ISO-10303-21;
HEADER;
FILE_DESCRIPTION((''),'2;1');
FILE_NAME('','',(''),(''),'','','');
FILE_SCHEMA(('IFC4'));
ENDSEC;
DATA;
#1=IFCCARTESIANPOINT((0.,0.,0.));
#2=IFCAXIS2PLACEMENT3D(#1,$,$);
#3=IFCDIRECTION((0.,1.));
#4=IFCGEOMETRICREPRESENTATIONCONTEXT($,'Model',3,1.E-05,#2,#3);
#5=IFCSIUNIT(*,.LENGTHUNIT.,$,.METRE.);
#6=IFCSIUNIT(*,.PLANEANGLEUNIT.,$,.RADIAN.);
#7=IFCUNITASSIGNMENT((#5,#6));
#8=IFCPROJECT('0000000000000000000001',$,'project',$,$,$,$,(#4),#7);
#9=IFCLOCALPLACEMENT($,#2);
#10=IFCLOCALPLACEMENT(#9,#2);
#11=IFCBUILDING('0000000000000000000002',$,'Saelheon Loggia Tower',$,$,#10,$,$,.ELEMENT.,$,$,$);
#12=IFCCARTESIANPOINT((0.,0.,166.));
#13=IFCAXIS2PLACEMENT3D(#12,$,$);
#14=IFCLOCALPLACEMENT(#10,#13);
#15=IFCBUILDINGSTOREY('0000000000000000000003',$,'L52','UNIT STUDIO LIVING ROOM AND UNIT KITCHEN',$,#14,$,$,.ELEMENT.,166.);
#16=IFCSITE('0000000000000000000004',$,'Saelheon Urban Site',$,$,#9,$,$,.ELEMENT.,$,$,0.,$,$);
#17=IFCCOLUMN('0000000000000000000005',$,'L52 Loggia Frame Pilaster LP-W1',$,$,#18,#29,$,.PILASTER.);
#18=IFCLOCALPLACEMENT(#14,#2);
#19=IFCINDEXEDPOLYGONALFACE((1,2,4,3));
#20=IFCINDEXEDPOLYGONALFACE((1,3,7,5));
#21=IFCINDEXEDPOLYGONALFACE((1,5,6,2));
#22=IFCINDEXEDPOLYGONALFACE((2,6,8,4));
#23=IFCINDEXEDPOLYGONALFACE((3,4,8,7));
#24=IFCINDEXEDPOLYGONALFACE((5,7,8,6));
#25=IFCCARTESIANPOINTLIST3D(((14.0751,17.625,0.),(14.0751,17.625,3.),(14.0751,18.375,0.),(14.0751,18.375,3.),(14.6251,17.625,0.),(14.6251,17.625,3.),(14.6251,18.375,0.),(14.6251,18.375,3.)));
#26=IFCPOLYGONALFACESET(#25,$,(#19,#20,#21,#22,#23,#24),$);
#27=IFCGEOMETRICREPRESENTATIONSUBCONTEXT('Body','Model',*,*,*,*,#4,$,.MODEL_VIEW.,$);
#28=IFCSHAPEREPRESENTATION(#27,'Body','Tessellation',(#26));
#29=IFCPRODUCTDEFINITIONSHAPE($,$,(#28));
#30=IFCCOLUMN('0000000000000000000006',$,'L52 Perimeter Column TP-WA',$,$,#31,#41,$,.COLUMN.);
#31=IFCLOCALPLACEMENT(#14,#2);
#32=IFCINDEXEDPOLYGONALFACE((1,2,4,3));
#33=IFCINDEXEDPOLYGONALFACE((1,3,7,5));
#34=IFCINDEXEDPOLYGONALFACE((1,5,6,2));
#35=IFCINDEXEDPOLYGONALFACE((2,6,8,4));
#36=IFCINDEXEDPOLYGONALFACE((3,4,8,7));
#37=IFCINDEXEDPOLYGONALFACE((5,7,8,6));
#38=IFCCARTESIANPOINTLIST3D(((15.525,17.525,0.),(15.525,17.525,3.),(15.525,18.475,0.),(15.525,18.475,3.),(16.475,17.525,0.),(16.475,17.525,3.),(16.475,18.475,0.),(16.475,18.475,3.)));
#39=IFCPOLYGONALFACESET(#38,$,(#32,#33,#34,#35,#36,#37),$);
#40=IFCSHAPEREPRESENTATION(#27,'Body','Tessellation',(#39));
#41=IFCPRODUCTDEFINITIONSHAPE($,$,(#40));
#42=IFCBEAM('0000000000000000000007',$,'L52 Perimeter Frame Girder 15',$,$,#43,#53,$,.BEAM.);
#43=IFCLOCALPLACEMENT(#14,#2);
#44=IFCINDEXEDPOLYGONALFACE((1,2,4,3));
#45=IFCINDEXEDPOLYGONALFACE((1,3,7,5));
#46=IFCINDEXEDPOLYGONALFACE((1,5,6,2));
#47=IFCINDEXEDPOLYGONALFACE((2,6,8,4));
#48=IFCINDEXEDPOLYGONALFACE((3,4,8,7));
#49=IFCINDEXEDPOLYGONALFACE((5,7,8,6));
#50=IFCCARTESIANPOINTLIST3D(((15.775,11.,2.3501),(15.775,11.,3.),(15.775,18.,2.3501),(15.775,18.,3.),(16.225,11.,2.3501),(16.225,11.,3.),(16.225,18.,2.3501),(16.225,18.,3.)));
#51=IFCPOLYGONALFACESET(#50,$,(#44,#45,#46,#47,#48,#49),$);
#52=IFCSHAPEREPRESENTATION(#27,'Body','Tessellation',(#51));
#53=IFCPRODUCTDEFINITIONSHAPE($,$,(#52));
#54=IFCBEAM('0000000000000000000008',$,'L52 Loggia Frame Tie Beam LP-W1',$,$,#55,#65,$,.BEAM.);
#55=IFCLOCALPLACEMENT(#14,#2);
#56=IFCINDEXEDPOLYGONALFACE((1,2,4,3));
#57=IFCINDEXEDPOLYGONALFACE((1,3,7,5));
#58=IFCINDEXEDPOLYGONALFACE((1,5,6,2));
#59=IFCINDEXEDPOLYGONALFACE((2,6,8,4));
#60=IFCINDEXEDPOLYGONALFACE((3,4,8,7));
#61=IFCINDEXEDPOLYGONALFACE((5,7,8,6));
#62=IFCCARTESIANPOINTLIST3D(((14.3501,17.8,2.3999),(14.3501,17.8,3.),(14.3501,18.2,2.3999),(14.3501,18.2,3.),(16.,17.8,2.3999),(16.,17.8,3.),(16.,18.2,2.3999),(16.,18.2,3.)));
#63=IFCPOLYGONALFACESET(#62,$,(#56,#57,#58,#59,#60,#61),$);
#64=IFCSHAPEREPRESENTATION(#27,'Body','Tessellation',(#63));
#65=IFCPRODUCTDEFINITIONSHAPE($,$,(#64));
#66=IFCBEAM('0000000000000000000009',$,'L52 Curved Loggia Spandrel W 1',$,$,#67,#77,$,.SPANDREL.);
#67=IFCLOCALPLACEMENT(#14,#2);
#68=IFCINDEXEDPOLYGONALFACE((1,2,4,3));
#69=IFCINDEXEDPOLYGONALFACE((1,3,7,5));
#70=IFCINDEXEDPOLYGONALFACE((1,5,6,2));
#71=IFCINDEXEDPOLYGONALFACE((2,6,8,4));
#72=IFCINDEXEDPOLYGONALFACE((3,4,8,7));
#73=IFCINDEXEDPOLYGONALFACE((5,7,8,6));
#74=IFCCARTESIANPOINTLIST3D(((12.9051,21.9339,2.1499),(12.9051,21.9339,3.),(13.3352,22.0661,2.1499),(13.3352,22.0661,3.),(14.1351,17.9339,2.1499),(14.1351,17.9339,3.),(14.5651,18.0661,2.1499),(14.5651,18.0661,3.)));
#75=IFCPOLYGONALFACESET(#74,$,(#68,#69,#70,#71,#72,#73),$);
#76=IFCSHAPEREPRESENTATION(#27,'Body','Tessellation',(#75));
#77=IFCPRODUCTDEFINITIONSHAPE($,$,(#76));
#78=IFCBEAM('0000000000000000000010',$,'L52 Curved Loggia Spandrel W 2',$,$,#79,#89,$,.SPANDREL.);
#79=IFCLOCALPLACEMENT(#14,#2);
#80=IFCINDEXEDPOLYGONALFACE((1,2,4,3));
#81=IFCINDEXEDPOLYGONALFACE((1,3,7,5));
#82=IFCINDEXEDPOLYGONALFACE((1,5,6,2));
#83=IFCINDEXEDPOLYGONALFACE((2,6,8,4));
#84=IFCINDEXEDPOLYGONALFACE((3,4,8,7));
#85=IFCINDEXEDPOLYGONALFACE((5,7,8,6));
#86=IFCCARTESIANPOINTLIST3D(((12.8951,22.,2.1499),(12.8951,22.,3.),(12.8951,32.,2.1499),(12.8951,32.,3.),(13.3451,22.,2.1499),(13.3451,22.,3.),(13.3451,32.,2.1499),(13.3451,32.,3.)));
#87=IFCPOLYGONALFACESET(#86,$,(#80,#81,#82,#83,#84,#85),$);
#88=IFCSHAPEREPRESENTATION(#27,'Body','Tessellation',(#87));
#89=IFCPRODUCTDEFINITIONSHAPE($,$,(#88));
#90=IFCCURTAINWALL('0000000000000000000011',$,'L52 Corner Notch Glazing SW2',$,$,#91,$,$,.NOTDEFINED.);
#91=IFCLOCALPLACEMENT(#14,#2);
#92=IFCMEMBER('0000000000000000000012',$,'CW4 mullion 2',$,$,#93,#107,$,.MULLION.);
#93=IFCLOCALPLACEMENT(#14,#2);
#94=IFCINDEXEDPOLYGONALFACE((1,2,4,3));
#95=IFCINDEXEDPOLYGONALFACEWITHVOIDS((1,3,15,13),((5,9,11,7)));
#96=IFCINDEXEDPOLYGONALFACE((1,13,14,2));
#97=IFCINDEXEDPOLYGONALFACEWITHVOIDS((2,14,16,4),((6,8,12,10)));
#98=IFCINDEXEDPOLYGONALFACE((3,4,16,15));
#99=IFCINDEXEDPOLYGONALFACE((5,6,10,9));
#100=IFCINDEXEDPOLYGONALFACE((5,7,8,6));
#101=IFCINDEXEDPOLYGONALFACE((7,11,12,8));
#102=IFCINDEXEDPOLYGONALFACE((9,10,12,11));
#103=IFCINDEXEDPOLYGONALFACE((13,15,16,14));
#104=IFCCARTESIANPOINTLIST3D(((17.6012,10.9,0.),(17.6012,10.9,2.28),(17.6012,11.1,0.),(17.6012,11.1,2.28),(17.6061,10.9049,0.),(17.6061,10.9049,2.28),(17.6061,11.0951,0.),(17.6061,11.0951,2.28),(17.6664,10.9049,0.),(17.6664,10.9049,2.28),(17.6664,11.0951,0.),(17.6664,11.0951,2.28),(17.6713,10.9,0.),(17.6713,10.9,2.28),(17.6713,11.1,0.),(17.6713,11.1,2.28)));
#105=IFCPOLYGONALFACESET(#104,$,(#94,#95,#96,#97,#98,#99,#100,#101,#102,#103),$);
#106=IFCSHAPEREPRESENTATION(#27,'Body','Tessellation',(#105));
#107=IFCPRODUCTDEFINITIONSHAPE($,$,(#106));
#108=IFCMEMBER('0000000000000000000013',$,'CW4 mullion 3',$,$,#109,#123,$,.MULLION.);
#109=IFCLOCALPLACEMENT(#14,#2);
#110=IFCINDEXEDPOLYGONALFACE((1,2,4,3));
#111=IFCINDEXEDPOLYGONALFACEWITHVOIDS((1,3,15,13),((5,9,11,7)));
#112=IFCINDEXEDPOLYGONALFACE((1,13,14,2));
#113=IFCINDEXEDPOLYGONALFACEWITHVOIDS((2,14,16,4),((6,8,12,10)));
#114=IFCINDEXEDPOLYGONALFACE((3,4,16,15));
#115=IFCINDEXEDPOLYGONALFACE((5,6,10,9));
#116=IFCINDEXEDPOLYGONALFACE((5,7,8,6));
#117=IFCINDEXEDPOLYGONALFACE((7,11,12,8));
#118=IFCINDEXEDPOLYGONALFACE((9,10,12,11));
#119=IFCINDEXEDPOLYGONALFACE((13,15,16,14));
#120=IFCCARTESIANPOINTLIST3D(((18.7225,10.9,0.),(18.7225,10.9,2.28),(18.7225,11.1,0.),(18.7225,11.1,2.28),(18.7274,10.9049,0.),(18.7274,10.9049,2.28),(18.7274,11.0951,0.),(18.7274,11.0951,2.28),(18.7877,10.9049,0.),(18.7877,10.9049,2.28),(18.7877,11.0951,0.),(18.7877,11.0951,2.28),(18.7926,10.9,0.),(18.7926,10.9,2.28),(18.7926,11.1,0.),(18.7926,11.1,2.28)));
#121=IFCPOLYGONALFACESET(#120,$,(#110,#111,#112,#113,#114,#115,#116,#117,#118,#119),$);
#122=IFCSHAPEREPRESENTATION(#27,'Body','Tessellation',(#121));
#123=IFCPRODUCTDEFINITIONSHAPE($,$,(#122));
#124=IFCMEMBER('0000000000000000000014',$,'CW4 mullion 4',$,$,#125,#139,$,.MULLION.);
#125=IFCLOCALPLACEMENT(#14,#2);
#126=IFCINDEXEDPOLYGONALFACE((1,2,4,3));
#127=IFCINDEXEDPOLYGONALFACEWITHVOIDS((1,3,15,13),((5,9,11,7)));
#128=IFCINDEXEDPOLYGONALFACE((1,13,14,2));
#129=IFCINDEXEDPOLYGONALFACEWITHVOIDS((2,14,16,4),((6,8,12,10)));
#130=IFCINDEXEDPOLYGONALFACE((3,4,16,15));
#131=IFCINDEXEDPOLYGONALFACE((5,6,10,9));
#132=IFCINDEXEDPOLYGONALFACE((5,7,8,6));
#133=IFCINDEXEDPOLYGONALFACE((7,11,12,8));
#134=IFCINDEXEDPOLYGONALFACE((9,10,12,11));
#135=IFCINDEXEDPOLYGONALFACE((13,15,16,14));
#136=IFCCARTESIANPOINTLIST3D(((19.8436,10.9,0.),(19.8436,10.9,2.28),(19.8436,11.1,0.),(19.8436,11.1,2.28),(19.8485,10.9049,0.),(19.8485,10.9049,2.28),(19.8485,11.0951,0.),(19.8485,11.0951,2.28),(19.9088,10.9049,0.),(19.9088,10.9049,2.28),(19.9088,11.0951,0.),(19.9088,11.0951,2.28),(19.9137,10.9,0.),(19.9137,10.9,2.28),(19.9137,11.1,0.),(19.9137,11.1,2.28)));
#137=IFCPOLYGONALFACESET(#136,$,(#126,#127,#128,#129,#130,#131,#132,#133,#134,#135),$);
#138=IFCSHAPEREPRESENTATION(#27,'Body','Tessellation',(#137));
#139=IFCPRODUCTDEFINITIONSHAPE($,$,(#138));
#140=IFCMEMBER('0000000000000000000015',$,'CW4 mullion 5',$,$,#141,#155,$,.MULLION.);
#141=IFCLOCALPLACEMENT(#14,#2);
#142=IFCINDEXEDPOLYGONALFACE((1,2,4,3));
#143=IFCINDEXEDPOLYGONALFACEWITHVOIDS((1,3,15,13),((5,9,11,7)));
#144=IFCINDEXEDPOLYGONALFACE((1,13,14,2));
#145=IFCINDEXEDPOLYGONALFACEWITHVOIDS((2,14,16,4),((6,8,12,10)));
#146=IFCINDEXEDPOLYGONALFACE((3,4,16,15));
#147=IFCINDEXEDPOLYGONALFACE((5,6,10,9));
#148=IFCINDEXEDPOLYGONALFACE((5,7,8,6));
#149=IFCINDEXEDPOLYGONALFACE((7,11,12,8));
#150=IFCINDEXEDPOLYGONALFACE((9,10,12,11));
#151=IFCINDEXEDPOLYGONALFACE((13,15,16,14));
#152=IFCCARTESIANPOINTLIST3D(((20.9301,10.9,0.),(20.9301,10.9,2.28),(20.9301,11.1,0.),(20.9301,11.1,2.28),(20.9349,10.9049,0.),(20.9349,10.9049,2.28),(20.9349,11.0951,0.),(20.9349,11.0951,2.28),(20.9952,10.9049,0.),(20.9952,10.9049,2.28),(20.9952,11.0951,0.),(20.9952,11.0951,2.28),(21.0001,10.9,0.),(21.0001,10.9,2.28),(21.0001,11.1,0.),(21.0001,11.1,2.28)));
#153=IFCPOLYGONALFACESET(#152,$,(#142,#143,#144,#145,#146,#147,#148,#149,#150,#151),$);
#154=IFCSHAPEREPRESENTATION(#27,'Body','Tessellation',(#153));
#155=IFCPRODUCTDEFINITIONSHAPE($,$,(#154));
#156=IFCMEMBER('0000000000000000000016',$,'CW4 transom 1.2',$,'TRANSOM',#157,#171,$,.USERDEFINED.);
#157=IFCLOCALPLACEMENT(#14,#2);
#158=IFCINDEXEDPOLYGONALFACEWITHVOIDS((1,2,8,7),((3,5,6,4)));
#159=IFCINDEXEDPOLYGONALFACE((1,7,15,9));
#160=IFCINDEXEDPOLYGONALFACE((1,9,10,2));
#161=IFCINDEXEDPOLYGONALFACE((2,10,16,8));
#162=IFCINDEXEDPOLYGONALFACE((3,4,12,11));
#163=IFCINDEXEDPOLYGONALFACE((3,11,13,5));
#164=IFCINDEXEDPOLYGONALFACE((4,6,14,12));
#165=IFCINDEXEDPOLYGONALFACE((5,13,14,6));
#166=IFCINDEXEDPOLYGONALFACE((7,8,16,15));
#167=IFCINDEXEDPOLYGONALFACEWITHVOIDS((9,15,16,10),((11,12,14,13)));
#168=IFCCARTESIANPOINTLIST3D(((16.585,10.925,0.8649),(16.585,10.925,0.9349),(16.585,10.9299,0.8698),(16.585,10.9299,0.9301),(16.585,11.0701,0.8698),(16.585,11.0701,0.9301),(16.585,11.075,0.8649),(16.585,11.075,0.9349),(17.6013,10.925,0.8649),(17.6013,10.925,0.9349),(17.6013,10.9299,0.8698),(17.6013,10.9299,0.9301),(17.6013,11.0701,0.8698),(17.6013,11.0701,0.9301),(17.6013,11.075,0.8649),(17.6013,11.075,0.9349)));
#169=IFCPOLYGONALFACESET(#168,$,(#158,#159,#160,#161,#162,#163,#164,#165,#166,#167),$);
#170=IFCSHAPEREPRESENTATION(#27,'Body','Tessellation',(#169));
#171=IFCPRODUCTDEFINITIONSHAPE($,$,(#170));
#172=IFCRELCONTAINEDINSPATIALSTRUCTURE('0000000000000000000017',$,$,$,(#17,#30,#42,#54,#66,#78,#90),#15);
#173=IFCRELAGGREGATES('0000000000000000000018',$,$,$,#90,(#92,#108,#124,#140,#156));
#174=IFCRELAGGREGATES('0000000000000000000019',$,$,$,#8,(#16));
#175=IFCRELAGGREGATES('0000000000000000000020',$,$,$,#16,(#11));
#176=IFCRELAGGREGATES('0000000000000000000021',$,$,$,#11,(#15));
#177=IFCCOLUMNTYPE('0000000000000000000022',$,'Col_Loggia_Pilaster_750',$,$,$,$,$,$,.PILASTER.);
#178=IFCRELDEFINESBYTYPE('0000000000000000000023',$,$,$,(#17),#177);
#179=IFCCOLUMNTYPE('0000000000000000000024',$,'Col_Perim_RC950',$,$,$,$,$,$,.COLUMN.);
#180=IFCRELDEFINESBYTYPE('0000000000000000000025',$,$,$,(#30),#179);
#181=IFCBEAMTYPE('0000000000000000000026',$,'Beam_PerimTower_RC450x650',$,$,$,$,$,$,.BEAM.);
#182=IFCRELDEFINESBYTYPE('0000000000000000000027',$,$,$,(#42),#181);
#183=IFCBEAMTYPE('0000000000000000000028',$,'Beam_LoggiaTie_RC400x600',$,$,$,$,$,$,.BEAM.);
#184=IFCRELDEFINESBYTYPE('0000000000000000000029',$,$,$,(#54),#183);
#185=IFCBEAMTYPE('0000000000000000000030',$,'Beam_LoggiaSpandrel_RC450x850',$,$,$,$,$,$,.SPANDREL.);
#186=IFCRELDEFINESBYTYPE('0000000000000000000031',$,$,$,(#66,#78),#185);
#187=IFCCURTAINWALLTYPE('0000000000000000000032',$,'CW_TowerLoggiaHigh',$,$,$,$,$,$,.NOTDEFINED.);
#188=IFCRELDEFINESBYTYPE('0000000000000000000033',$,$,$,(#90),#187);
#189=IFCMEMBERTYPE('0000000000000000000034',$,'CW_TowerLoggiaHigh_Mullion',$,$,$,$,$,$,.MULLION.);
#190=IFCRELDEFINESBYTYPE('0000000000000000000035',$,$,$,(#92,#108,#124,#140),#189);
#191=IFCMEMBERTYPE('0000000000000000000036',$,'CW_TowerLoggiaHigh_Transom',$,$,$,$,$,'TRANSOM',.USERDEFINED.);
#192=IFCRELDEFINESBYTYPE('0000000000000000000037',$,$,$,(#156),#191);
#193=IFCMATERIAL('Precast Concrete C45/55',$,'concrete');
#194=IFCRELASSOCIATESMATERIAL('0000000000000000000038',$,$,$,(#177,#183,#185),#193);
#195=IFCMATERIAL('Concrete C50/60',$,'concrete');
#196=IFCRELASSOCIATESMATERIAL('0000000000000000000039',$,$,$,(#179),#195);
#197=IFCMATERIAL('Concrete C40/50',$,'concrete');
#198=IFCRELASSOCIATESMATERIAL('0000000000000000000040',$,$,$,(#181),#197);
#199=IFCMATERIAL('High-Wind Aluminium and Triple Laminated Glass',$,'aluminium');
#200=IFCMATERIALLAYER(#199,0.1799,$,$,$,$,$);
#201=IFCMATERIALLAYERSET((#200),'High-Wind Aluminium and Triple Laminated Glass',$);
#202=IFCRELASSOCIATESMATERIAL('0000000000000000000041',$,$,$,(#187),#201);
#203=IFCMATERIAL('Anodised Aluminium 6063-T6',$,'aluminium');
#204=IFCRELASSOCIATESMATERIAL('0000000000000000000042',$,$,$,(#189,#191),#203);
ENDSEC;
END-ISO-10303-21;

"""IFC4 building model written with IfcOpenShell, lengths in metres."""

from ifc_helpers import new_model, si_unit, direction, frame, origin, origin_2d, place, context, subcontext, project, spatial, rectangle, hollow_rectangle, extrude, source, transform, mapped, material, layer, layer_set, material_profile, profile_set, type_object, element, aggregate, save


model = new_model("IFC4")

# Units and contexts
model_context = context("Model", 3, precision=1e-05, world=origin(), true_north=direction((0.0, 1.0)))
body_context = subcontext(model_context, "Body", "Model", "MODEL_VIEW")
ifc_project = project(units=[si_unit("LENGTHUNIT", "METRE"), si_unit("PLANEANGLEUNIT", "RADIAN")], contexts=[model_context])

# Site, building, storey
site_placement = place(None, origin())
site = spatial("IfcSite", under=ifc_project, at=site_placement, Name="Saelheon Urban Site", CompositionType="ELEMENT", RefElevation=0.0)
building_placement = place(site_placement, origin())
building = spatial("IfcBuilding", under=site, at=building_placement, Name="Saelheon Loggia Tower", CompositionType="ELEMENT")
storey_placement = place(building_placement, frame((0.0, 0.0, 166.0)))
storey = spatial("IfcBuildingStorey", under=building, at=storey_placement, Name="L52", Description="UNIT STUDIO LIVING ROOM AND UNIT KITCHEN", CompositionType="ELEMENT", Elevation=166.0)

# Columns
ifc_material_1 = material(Name="Precast Concrete C45/55", Category="concrete")
ifc_material_profile_1 = material_profile(ifc_material_1, rectangle(XDim=0.55, YDim=0.75, at=origin_2d()), Name="RC-550x750")
ifc_profile_set_1 = profile_set([ifc_material_profile_1], Name="Precast Concrete C45/55")
column_type_1 = type_object("IfcColumnType", Name="Col_Loggia_Pilaster_750", PredefinedType="PILASTER", material=ifc_profile_set_1)
shared_shape_1 = source(origin(), body_context, "Body", "SweptSolid", [
    extrude(rectangle(XDim=0.55, YDim=0.75, at=origin_2d()), origin(), (0.0, 0.0, 1.0), 3.0),
])
column_1_placement = place(storey_placement, frame((14.3501, 18.0, 0.0), z_axis=(0.0, 0.0, 1.0), x_axis=(1.0, 0.0, 0.0)))
element("IfcColumn", 1, at=column_1_placement, inside=storey, type_object=column_type_1, Name="L52 Loggia Frame Pilaster LP-W1", PredefinedType="PILASTER", context=body_context, shape_type="MappedRepresentation", body=[
    mapped(shared_shape_1, transform((0.0, 0.0, 0.0), scale=1.0)),
])
ifc_material_2 = material(Name="Concrete C50/60", Category="concrete")
ifc_material_profile_2 = material_profile(ifc_material_2, rectangle(XDim=0.95, YDim=0.95, at=origin_2d()), Name="RC-950x950")
ifc_profile_set_2 = profile_set([ifc_material_profile_2], Name="Concrete C50/60")
column_type_2 = type_object("IfcColumnType", Name="Col_Perim_RC950", PredefinedType="COLUMN", material=ifc_profile_set_2)
shared_shape_2 = source(origin(), body_context, "Body", "SweptSolid", [
    extrude(rectangle(XDim=0.95, YDim=0.95, at=origin_2d()), origin(), (0.0, 0.0, 1.0), 3.0),
])
column_2_placement = place(storey_placement, frame((16.0, 18.0, 0.0), z_axis=(0.0, 0.0, 1.0), x_axis=(1.0, 0.0, 0.0)))
element("IfcColumn", 2, at=column_2_placement, inside=storey, type_object=column_type_2, Name="L52 Perimeter Column TP-WA", PredefinedType="COLUMN", context=body_context, shape_type="MappedRepresentation", body=[
    mapped(shared_shape_2, transform((0.0, 0.0, 0.0), scale=1.0)),
])

# Beams
ifc_material_3 = material(Name="Concrete C40/50", Category="concrete")
ifc_material_profile_3 = material_profile(ifc_material_3, rectangle(XDim=0.45, YDim=0.6499, at=origin_2d()), Name="RC-450x650")
ifc_profile_set_3 = profile_set([ifc_material_profile_3], Name="Concrete C40/50")
beam_type_1 = type_object("IfcBeamType", Name="Beam_PerimTower_RC450x650", PredefinedType="BEAM", material=ifc_profile_set_3)
shared_shape_3 = source(origin(), body_context, "Body", "SweptSolid", [
    extrude(rectangle(XDim=0.45, YDim=0.6499, at=origin_2d()), origin(), (0.0, 0.0, 1.0), 7.0),
])
beam_1_placement = place(storey_placement, frame((16.0, 18.0, 2.675), z_axis=(0.0, -1.0, 0.0), x_axis=(1.0, 0.0, 0.0)))
element("IfcBeam", 3, at=beam_1_placement, inside=storey, type_object=beam_type_1, Name="L52 Perimeter Frame Girder 15", PredefinedType="BEAM", context=body_context, shape_type="MappedRepresentation", body=[
    mapped(shared_shape_3, transform((0.0, 0.0, 0.0), scale=1.0)),
])
ifc_material_profile_4 = material_profile(ifc_material_1, rectangle(XDim=0.3999, YDim=0.6001, at=origin_2d()), Name="RC-400x600")
ifc_profile_set_4 = profile_set([ifc_material_profile_4], Name="Precast Concrete C45/55")
beam_type_2 = type_object("IfcBeamType", Name="Beam_LoggiaTie_RC400x600", PredefinedType="BEAM", material=ifc_profile_set_4)
shared_shape_4 = source(origin(), body_context, "Body", "SweptSolid", [
    extrude(rectangle(XDim=0.3999, YDim=0.6001, at=origin_2d()), origin(), (0.0, 0.0, 1.0), 1.6499),
])
beam_2_placement = place(storey_placement, frame((16.0, 18.0, 2.7), z_axis=(-1.0, 0.0, 0.0), x_axis=(0.0, -1.0, 0.0)))
element("IfcBeam", 4, at=beam_2_placement, inside=storey, type_object=beam_type_2, Name="L52 Loggia Frame Tie Beam LP-W1", PredefinedType="BEAM", context=body_context, shape_type="MappedRepresentation", body=[
    mapped(shared_shape_4, transform((0.0, 0.0, 0.0), scale=1.0)),
])
ifc_material_profile_5 = material_profile(ifc_material_1, rectangle(XDim=0.45, YDim=0.8501, at=origin_2d()), Name="RC-450x850")
ifc_profile_set_5 = profile_set([ifc_material_profile_5], Name="Precast Concrete C45/55")
beam_type_3 = type_object("IfcBeamType", Name="Beam_LoggiaSpandrel_RC450x850", PredefinedType="SPANDREL", material=ifc_profile_set_5)
shared_shape_5 = source(origin(), body_context, "Body", "SweptSolid", [
    extrude(rectangle(XDim=0.45, YDim=0.8501, at=origin_2d()), origin(), (0.0, 0.0, 1.0), 4.1848),
])
beam_3_placement = place(storey_placement, frame((14.3501, 18.0, 2.575), z_axis=(-0.293914, 0.955832, 0.0), x_axis=(-0.955832, -0.293914, 0.0)))
element("IfcBeam", 5, at=beam_3_placement, inside=storey, type_object=beam_type_3, Name="L52 Curved Loggia Spandrel W 1", PredefinedType="SPANDREL", context=body_context, shape_type="MappedRepresentation", body=[
    mapped(shared_shape_5, transform((0.0, 0.0, 0.0), scale=1.0)),
])
shared_shape_6 = source(origin(), body_context, "Body", "SweptSolid", [
    extrude(rectangle(XDim=0.45, YDim=0.8501, at=origin_2d()), origin(), (0.0, 0.0, 1.0), 10.0),
])
beam_4_placement = place(storey_placement, frame((13.1201, 22.0, 2.575), z_axis=(0.0, 1.0, 0.0), x_axis=(-1.0, 0.0, 0.0)))
element("IfcBeam", 6, at=beam_4_placement, inside=storey, type_object=beam_type_3, Name="L52 Curved Loggia Spandrel W 2", PredefinedType="SPANDREL", context=body_context, shape_type="MappedRepresentation", body=[
    mapped(shared_shape_6, transform((0.0, 0.0, 0.0), scale=1.0)),
])

# Curtain wall, members
ifc_material_4 = material(Name="High-Wind Aluminium and Triple Laminated Glass", Category="aluminium")
ifc_layer_1 = layer(ifc_material_4, 0.1799)
ifc_layer_set_1 = layer_set([ifc_layer_1], Name="High-Wind Aluminium and Triple Laminated Glass")
curtain_wall_type = type_object("IfcCurtainWallType", Name="CW_TowerLoggiaHigh", PredefinedType="NOTDEFINED", material=ifc_layer_set_1)
curtain_wall_placement = place(storey_placement, origin())
curtain_wall = element("IfcCurtainWall", 7, at=curtain_wall_placement, inside=storey, type_object=curtain_wall_type, Name="L52 Corner Notch Glazing SW2", PredefinedType="NOTDEFINED")
ifc_material_5 = material(Name="Anodised Aluminium 6063-T6", Category="aluminium")
ifc_material_profile_6 = material_profile(ifc_material_5, hollow_rectangle(XDim=0.0701, YDim=0.2, WallThickness=0.0049, at=origin_2d()), Name="RHS-200x70x5")
ifc_profile_set_6 = profile_set([ifc_material_profile_6], Name="Anodised Aluminium 6063-T6")
member_type_1 = type_object("IfcMemberType", Name="CW_TowerLoggiaHigh_Mullion", PredefinedType="MULLION", material=ifc_profile_set_6)
shared_shape_7 = source(origin(), body_context, "Body", "SweptSolid", [
    extrude(hollow_rectangle(XDim=0.0701, YDim=0.2, WallThickness=0.0049, at=origin_2d()), origin(), (0.0, 0.0, 1.0), 2.28),
])
member_1_placement = place(storey_placement, frame((17.6362, 11.0, 0.0), z_axis=(0.0, 0.0, 1.0), x_axis=(1.0, 0.0, 0.0)))
member_1 = element("IfcMember", 8, at=member_1_placement, type_object=member_type_1, Name="CW4 mullion 2", PredefinedType="MULLION", context=body_context, shape_type="MappedRepresentation", body=[
    mapped(shared_shape_7, transform((0.0, 0.0, 0.0), scale=1.0)),
])
member_2_placement = place(storey_placement, frame((18.7576, 11.0, 0.0), z_axis=(0.0, 0.0, 1.0), x_axis=(1.0, 0.0, 0.0)))
member_2 = element("IfcMember", 9, at=member_2_placement, type_object=member_type_1, Name="CW4 mullion 3", PredefinedType="MULLION", context=body_context, shape_type="MappedRepresentation", body=[
    mapped(shared_shape_7, transform((0.0, 0.0, 0.0), scale=1.0)),
])
member_3_placement = place(storey_placement, frame((19.8787, 11.0, 0.0), z_axis=(0.0, 0.0, 1.0), x_axis=(1.0, 0.0, 0.0)))
member_3 = element("IfcMember", 10, at=member_3_placement, type_object=member_type_1, Name="CW4 mullion 4", PredefinedType="MULLION", context=body_context, shape_type="MappedRepresentation", body=[
    mapped(shared_shape_7, transform((0.0, 0.0, 0.0), scale=1.0)),
])
member_4_placement = place(storey_placement, frame((20.9651, 11.0, 0.0), z_axis=(0.0, 0.0, 1.0), x_axis=(1.0, 0.0, 0.0)))
member_4 = element("IfcMember", 11, at=member_4_placement, type_object=member_type_1, Name="CW4 mullion 5", PredefinedType="MULLION", context=body_context, shape_type="MappedRepresentation", body=[
    mapped(shared_shape_7, transform((0.0, 0.0, 0.0), scale=1.0)),
])
ifc_material_profile_7 = material_profile(ifc_material_5, hollow_rectangle(XDim=0.0701, YDim=0.1499, WallThickness=0.0049, at=origin_2d()), Name="RHS-150x70x5")
ifc_profile_set_7 = profile_set([ifc_material_profile_7], Name="Anodised Aluminium 6063-T6")
member_type_2 = type_object("IfcMemberType", Name="CW_TowerLoggiaHigh_Transom", ElementType="TRANSOM", PredefinedType="USERDEFINED", material=ifc_profile_set_7)
shared_shape_8 = source(origin(), body_context, "Body", "SweptSolid", [
    extrude(hollow_rectangle(XDim=0.0701, YDim=0.1499, WallThickness=0.0049, at=origin_2d()), origin(), (0.0, 0.0, 1.0), 1.0164),
])
member_5_placement = place(storey_placement, frame((16.585, 11.0, 0.8999), z_axis=(1.0, 0.0, 0.0), x_axis=(0.0, 0.0, 1.0)))
member_5 = element("IfcMember", 12, at=member_5_placement, type_object=member_type_2, Name="CW4 transom 1.2", ObjectType="TRANSOM", PredefinedType="USERDEFINED", context=body_context, shape_type="MappedRepresentation", body=[
    mapped(shared_shape_8, transform((0.0, 0.0, 0.0), scale=1.0)),
])
aggregate(curtain_wall, [member_1, member_2, member_3, member_4, member_5])

save(model, "model.ifc")
